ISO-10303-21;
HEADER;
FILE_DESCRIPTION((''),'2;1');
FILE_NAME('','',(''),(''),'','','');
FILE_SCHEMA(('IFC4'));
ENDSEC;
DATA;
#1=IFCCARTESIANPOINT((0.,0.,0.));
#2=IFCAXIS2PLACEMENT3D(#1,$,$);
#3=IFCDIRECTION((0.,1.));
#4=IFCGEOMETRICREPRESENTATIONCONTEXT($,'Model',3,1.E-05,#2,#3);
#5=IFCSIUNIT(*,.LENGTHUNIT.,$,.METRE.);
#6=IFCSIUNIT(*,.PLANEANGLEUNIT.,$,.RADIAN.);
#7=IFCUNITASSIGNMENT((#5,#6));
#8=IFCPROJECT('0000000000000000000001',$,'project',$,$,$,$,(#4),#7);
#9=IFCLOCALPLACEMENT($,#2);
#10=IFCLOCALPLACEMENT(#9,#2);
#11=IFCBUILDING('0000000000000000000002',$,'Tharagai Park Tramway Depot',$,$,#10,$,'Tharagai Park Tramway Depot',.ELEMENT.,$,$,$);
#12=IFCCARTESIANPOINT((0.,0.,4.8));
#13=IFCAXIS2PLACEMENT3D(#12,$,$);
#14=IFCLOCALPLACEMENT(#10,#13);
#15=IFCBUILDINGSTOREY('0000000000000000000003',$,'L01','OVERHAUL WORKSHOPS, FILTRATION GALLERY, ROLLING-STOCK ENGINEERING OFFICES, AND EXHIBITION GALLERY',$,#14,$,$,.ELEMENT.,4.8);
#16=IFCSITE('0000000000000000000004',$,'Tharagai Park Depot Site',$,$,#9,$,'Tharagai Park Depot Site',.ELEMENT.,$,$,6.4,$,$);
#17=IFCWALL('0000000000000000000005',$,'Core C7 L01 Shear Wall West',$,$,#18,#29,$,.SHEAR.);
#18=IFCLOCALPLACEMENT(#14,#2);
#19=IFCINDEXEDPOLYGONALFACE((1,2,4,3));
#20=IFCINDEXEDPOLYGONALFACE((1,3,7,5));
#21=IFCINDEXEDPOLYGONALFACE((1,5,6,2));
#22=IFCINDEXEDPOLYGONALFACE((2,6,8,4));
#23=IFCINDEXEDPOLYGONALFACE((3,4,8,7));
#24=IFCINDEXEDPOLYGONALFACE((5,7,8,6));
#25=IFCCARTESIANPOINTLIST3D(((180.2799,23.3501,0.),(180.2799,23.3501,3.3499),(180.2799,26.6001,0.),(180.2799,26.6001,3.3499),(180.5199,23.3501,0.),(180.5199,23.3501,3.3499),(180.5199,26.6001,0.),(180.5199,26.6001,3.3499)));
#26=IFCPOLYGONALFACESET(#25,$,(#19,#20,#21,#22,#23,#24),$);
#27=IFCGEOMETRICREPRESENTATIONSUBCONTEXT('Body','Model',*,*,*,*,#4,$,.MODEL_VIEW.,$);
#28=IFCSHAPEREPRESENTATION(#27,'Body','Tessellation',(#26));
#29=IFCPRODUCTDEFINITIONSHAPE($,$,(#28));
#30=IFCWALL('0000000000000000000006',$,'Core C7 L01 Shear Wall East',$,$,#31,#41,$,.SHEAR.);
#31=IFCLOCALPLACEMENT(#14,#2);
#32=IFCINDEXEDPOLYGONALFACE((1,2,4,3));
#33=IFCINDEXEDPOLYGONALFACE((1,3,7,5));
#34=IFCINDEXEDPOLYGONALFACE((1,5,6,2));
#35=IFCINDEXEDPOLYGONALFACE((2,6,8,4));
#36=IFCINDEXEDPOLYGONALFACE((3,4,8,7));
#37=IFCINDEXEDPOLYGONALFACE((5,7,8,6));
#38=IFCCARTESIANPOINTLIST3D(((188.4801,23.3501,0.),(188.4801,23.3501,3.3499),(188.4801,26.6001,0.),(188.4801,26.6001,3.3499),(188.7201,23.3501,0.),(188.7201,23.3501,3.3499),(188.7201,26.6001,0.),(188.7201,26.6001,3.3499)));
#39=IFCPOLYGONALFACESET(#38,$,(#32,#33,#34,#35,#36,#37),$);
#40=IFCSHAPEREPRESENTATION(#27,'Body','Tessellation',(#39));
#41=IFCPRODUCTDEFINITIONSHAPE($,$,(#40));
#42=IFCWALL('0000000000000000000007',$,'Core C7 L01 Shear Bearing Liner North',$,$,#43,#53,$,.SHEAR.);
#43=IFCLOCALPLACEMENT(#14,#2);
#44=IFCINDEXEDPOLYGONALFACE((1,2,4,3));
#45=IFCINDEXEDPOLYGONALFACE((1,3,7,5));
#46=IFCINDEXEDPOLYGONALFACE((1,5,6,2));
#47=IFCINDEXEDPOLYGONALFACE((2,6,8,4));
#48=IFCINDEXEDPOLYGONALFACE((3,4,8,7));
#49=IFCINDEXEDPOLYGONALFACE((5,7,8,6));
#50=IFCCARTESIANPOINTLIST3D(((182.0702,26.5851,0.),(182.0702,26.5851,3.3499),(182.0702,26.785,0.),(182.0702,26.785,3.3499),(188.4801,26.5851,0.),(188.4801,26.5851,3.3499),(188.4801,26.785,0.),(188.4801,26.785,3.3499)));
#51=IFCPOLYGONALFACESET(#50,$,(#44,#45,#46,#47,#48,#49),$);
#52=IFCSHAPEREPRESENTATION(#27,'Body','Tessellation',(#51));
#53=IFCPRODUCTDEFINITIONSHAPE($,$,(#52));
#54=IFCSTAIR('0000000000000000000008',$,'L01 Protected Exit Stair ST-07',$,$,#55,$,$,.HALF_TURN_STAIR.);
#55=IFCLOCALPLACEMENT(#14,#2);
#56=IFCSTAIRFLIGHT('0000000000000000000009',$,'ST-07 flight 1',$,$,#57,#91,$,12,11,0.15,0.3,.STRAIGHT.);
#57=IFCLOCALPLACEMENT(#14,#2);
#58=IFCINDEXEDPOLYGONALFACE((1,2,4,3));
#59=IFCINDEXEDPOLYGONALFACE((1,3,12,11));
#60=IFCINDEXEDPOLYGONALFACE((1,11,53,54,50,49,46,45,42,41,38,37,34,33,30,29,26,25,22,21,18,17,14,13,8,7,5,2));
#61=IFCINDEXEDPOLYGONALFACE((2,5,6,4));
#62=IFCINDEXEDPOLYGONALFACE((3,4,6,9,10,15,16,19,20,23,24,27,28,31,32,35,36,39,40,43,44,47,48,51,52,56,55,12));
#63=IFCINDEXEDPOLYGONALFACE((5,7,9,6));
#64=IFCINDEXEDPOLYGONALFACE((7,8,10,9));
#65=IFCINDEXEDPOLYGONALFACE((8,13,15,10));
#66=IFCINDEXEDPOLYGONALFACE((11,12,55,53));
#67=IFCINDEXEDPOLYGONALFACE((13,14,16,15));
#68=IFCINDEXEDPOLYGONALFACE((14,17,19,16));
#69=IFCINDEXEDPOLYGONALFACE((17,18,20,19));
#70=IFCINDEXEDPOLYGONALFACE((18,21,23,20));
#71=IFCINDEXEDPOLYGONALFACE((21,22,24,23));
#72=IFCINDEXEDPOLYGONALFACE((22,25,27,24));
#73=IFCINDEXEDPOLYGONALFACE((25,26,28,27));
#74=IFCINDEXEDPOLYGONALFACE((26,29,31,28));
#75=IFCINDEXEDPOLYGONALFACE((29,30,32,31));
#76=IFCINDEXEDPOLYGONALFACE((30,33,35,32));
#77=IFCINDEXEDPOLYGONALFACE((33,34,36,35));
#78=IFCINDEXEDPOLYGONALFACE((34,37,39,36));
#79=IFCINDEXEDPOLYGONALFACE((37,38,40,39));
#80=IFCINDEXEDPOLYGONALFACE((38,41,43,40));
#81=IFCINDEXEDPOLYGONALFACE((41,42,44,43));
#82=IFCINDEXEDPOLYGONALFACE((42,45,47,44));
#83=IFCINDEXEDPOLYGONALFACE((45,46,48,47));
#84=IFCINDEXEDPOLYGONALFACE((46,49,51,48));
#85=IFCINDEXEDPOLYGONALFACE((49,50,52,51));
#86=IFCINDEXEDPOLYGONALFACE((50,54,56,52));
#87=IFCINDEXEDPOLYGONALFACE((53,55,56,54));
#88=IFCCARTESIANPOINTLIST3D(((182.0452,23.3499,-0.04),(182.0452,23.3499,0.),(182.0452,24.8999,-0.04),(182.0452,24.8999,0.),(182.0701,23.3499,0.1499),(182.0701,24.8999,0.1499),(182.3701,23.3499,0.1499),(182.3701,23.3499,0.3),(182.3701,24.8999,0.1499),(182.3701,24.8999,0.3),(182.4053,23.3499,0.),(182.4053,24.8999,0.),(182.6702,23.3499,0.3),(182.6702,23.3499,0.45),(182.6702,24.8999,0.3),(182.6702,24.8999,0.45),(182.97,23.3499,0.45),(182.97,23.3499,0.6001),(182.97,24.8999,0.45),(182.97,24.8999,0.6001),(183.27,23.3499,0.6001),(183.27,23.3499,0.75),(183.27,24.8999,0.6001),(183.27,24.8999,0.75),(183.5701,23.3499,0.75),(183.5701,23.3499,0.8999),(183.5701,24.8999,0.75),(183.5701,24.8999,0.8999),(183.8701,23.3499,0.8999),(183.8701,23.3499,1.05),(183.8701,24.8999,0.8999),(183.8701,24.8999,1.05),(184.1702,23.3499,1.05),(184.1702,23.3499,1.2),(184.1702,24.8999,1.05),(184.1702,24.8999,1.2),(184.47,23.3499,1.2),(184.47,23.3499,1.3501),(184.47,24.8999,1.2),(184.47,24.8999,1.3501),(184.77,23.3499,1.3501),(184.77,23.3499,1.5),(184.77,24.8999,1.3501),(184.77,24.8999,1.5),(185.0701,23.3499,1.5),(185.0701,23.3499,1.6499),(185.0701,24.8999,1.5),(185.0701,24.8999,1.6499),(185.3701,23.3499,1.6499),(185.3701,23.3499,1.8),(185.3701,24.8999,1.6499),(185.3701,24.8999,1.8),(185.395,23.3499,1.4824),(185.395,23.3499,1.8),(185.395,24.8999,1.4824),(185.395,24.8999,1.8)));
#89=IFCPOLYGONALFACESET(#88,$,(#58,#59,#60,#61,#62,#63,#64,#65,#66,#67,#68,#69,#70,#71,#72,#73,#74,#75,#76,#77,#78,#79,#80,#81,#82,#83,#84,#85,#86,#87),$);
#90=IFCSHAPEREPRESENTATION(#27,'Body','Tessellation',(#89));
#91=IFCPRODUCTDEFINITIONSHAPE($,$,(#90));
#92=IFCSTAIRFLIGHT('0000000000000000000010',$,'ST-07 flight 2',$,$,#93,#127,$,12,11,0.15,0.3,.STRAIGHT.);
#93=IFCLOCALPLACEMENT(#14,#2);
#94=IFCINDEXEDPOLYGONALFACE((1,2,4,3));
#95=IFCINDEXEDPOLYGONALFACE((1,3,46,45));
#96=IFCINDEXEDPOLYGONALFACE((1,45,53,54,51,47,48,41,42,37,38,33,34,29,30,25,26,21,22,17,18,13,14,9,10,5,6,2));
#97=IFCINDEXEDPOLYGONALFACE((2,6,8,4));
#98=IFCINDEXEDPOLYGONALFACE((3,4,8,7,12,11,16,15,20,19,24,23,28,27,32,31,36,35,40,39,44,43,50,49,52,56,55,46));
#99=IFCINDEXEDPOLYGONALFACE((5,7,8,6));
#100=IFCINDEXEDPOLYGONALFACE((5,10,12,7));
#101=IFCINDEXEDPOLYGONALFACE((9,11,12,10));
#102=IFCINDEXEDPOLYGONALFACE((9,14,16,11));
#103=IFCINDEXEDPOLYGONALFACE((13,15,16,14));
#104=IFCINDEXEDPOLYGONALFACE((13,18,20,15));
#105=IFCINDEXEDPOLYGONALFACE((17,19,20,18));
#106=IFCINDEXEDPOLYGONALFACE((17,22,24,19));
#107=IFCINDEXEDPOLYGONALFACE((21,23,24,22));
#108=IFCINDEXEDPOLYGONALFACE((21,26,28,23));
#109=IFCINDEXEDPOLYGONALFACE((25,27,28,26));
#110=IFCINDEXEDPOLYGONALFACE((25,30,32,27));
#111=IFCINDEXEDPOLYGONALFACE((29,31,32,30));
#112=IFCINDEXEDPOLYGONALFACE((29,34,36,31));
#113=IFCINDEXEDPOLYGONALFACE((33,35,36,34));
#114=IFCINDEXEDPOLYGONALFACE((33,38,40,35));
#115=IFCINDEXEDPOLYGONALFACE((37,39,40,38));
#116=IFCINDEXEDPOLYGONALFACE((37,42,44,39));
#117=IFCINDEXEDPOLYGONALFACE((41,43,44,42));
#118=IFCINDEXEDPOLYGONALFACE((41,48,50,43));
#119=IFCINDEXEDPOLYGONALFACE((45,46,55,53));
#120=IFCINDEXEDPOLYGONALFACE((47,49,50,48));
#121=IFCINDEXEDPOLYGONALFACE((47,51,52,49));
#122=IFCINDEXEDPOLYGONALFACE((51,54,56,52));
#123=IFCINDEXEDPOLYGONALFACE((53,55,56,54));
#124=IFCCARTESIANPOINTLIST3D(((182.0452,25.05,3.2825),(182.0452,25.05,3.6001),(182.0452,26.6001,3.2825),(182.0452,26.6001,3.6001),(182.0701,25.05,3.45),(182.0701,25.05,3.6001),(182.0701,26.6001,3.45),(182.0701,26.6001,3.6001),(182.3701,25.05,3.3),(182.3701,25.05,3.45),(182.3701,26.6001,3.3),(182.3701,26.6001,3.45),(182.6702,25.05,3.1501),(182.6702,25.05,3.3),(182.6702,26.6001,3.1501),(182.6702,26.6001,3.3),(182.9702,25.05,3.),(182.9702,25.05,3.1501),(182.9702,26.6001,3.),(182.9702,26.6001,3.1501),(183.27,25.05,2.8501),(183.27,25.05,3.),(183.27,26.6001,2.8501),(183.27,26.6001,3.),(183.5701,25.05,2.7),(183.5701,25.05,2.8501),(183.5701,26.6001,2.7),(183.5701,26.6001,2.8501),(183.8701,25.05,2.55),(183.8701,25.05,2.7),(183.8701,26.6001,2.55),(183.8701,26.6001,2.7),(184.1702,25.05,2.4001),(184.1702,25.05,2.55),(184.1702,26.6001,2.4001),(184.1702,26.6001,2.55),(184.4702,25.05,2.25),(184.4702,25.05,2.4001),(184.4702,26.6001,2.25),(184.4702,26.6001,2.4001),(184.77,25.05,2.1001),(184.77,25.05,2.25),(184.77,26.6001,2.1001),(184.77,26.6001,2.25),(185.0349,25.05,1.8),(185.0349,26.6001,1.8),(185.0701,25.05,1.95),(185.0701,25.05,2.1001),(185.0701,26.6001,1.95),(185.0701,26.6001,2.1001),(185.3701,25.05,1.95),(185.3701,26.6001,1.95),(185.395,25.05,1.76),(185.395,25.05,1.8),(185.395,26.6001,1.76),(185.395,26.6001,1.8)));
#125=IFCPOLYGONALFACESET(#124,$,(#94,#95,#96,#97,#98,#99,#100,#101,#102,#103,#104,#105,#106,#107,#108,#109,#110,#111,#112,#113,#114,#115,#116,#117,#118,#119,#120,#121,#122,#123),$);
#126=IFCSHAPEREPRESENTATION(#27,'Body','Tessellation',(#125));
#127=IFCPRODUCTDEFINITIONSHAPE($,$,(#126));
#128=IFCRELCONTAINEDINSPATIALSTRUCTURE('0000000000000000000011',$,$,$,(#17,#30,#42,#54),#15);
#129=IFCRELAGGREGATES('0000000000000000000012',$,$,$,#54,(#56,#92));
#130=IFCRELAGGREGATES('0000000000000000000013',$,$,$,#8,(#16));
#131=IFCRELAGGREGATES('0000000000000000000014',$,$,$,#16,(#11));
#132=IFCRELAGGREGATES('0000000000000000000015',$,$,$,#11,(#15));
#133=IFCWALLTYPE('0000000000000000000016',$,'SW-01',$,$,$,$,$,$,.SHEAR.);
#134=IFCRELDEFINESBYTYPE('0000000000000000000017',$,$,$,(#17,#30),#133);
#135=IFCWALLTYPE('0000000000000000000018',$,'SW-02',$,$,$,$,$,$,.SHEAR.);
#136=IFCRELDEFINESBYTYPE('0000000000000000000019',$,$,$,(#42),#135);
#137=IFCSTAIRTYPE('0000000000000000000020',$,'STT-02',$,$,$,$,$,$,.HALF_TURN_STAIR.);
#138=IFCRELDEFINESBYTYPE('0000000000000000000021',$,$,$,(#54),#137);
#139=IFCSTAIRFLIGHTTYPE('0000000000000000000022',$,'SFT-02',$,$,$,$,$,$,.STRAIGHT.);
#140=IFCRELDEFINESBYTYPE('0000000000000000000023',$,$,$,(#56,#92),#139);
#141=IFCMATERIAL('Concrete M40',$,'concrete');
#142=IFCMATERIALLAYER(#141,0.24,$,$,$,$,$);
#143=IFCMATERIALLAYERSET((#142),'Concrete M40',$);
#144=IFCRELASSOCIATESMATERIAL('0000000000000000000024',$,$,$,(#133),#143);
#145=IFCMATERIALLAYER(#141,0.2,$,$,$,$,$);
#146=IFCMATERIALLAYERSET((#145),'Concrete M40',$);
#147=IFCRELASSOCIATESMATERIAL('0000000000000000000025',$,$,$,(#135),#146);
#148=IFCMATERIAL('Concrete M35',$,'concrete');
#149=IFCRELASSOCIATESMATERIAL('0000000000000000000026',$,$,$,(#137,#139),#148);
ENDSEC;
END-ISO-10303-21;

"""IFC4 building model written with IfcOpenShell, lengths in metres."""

from ifc_helpers import new_model, si_unit, direction, frame, frame_2d, origin, place, context, subcontext, project, spatial, polyline, rectangle, outline, extrude, material, layer, layer_set, type_object, element, aggregate, save


model = new_model("IFC4")

# Units and contexts
model_context = context("Model", 3, precision=1e-05, world=origin(), true_north=direction((0.0, 1.0)))
body_context = subcontext(model_context, "Body", "Model", "MODEL_VIEW")
ifc_project = project(units=[si_unit("LENGTHUNIT", "METRE"), si_unit("PLANEANGLEUNIT", "RADIAN")], contexts=[model_context])

# Site, building, storey
site_placement = place(None, origin())
site = spatial("IfcSite", under=ifc_project, at=site_placement, Name="Tharagai Park Depot Site", LongName="Tharagai Park Depot Site", CompositionType="ELEMENT", RefElevation=6.4)
building_placement = place(site_placement, origin())
building = spatial("IfcBuilding", under=site, at=building_placement, Name="Tharagai Park Tramway Depot", LongName="Tharagai Park Tramway Depot", CompositionType="ELEMENT")
storey_placement = place(building_placement, frame((0.0, 0.0, 4.8)))
storey = spatial("IfcBuildingStorey", under=building, at=storey_placement, Name="L01", Description="OVERHAUL WORKSHOPS, FILTRATION GALLERY, ROLLING-STOCK ENGINEERING OFFICES, AND EXHIBITION GALLERY", CompositionType="ELEMENT", Elevation=4.8)

# Shared definitions
ifc_material_1 = material(Name="Concrete M35", Category="concrete")

# Shared definitions
ifc_material_2 = material(Name="Concrete M40", Category="concrete")
ifc_layer_1 = layer(ifc_material_2, 0.24)
ifc_layer_set_1 = layer_set([ifc_layer_1], Name="Concrete M40")
wall_type_1 = type_object("IfcWallType", Name="SW-01", PredefinedType="SHEAR", material=ifc_layer_set_1)

# Walls
for number, where, z_axis, x_axis, name in (
    (1, (180.3999, 23.3501, 0.0), (0.0, 0.0, 1.0), (0.0, 1.0, 0.0), "Core C7 L01 Shear Wall West"),
    (2, (188.6001, 23.3501, 0.0), (0.0, 0.0, 1.0), (0.0, 1.0, 0.0), "Core C7 L01 Shear Wall East"),
):
    element("IfcWall", number, at=place(storey_placement, frame(where, z_axis=z_axis, x_axis=x_axis)), inside=storey, type_object=wall_type_1, Name=name, PredefinedType="SHEAR", context=body_context, shape_type="SweptSolid", body=[
        extrude(rectangle(XDim=3.25, YDim=0.24, at=frame_2d((1.625, 0.0))), origin(), (0.0, 0.0, 1.0), 3.3499),
    ])
ifc_layer_2 = layer(ifc_material_2, 0.2)
ifc_layer_set_2 = layer_set([ifc_layer_2], Name="Concrete M40")
wall_type_2 = type_object("IfcWallType", Name="SW-02", PredefinedType="SHEAR", material=ifc_layer_set_2)
wall_1_placement = place(storey_placement, frame((182.0701, 26.6851, 0.0), z_axis=(0.0, 0.0, 1.0), x_axis=(1.0, 0.0, 0.0)))
element("IfcWall", 3, at=wall_1_placement, inside=storey, type_object=wall_type_2, Name="Core C7 L01 Shear Bearing Liner North", PredefinedType="SHEAR", context=body_context, shape_type="SweptSolid", body=[
    extrude(rectangle(XDim=6.4099, YDim=0.2, at=frame_2d((3.2051, 0.0))), origin(), (0.0, 0.0, 1.0), 3.3499),
])

# Stair, stair flights
stair_type = type_object("IfcStairType", Name="STT-02", PredefinedType="HALF_TURN_STAIR", material=ifc_material_1)
stair_placement = place(storey_placement, origin())
stair = element("IfcStair", 4, at=stair_placement, inside=storey, type_object=stair_type, Name="L01 Protected Exit Stair ST-07", PredefinedType="HALF_TURN_STAIR")
stair_flight_type = type_object("IfcStairFlightType", Name="SFT-02", PredefinedType="STRAIGHT", material=ifc_material_1)
stair_flight_1_placement = place(storey_placement, frame((182.0701, 24.125, 0.0), z_axis=(0.0, 0.0, 1.0), x_axis=(1.0, 0.0, 0.0)))
stair_flight_1 = element("IfcStairFlight", 5, at=stair_flight_1_placement, type_object=stair_flight_type, Name="ST-07 flight 1", NumberOfRisers=12, NumberOfTreads=11, PredefinedType="STRAIGHT", RiserHeight=0.15, TreadLength=0.3, context=body_context, shape_type="SweptSolid", body=[
    extrude(outline(polyline([(-0.0249, 0.0), (0.0, 0.1499), (0.3, 0.1499), (0.3, 0.3), (0.6001, 0.3), (0.6001, 0.45), (0.8999, 0.45), (0.8999, 0.6001), (1.2, 0.6001), (1.2, 0.75), (1.5, 0.75), (1.5, 0.8999), (1.8, 0.8999), (1.8, 1.05), (2.1001, 1.05), (2.1001, 1.2), (2.3999, 1.2), (2.3999, 1.3501), (2.7, 1.3501), (2.7, 1.5), (3.0, 1.5), (3.0, 1.6499), (3.3, 1.6499), (3.3, 1.8), (3.325, 1.8), (3.325, 1.4824), (0.3352, 0.0), (-0.0249, -0.04), (-0.0249, 0.0)])), frame((0.0, 0.7749, 0.0), z_axis=(0.0, -1.0, 0.0), x_axis=(1.0, 0.0, 0.0)), (0.0, 0.0, 1.0), 1.55),
])
stair_flight_2_placement = place(storey_placement, frame((185.3701, 25.825, 1.8), z_axis=(0.0, 0.0, 1.0), x_axis=(-1.0, 0.0, 0.0)))
stair_flight_2 = element("IfcStairFlight", 6, at=stair_flight_2_placement, type_object=stair_flight_type, Name="ST-07 flight 2", NumberOfRisers=12, NumberOfTreads=11, PredefinedType="STRAIGHT", RiserHeight=0.15, TreadLength=0.3, context=body_context, shape_type="SweptSolid", body=[
    extrude(outline(polyline([(-0.0249, 0.0), (0.0, 0.1499), (0.3, 0.1499), (0.3, 0.3), (0.6001, 0.3), (0.6001, 0.45), (0.8999, 0.45), (0.8999, 0.6001), (1.2, 0.6001), (1.2, 0.75), (1.5, 0.75), (1.5, 0.8999), (1.8, 0.8999), (1.8, 1.05), (2.1001, 1.05), (2.1001, 1.2), (2.3999, 1.2), (2.3999, 1.3501), (2.7, 1.3501), (2.7, 1.5), (3.0, 1.5), (3.0, 1.6499), (3.3, 1.6499), (3.3, 1.8), (3.325, 1.8), (3.325, 1.4824), (0.3352, 0.0), (-0.0249, -0.04), (-0.0249, 0.0)])), frame((0.0, 0.7749, 0.0), z_axis=(0.0, -1.0, 0.0), x_axis=(1.0, 0.0, 0.0)), (0.0, 0.0, 1.0), 1.55),
])
aggregate(stair, [stair_flight_1, stair_flight_2])

save(model, "model.ifc")
